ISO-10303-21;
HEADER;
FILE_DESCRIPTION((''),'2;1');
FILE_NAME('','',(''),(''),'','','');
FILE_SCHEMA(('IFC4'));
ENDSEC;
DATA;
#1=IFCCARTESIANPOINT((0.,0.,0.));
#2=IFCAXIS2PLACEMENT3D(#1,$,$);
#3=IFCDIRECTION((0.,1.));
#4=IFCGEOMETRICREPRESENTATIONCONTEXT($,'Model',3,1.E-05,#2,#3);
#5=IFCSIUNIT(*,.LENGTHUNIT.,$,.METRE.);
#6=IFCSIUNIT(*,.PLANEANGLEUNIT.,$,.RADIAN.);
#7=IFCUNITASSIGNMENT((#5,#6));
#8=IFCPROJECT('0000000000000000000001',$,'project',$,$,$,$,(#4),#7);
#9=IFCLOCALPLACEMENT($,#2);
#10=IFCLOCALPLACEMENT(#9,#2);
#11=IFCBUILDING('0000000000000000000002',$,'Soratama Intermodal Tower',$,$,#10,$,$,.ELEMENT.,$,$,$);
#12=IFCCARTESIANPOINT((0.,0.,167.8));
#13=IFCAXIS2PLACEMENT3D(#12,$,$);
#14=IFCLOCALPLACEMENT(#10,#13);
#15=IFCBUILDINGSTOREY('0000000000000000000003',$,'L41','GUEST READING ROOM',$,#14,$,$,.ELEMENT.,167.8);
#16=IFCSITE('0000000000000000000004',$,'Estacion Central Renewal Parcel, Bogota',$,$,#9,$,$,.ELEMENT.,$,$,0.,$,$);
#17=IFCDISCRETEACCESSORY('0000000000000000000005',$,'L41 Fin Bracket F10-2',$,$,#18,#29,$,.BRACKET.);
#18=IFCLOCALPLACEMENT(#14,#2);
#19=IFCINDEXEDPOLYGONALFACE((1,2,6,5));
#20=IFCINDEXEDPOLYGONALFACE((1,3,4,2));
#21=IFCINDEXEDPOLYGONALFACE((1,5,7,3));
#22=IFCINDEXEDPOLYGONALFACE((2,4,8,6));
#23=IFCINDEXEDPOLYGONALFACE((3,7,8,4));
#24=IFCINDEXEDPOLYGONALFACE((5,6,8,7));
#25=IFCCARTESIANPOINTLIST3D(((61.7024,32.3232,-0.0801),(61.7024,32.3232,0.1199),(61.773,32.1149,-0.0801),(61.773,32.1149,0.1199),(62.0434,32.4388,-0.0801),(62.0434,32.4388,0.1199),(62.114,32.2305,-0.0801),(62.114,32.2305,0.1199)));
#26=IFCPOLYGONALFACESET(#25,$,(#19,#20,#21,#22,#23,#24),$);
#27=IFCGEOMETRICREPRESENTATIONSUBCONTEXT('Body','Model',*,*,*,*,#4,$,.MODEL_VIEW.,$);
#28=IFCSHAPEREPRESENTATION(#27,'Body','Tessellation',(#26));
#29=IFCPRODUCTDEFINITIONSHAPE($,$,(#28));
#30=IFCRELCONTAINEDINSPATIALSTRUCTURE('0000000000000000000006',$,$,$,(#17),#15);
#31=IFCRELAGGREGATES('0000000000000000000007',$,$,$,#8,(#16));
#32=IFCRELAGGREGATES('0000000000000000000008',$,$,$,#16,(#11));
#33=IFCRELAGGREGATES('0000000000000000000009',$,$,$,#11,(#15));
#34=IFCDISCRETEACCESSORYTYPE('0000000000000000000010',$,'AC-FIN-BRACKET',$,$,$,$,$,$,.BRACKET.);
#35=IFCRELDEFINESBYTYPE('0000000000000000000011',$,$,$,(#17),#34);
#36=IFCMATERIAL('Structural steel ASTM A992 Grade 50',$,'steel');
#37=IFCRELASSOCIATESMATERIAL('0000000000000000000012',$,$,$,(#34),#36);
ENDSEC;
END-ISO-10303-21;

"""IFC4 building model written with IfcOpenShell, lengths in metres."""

from ifc_helpers import new_model, si_unit, direction, frame, origin, origin_2d, place, context, subcontext, project, spatial, rectangle, extrude, material, type_object, element, save


model = new_model("IFC4")

# Units and contexts
model_context = context("Model", 3, precision=1e-05, world=origin(), true_north=direction((0.0, 1.0)))
body_context = subcontext(model_context, "Body", "Model", "MODEL_VIEW")
ifc_project = project(units=[si_unit("LENGTHUNIT", "METRE"), si_unit("PLANEANGLEUNIT", "RADIAN")], contexts=[model_context])

# Site, building, storey
site_placement = place(None, origin())
site = spatial("IfcSite", under=ifc_project, at=site_placement, Name="Estacion Central Renewal Parcel, Bogota", CompositionType="ELEMENT", RefElevation=0.0)
building_placement = place(site_placement, origin())
building = spatial("IfcBuilding", under=site, at=building_placement, Name="Soratama Intermodal Tower", CompositionType="ELEMENT")
storey_placement = place(building_placement, frame((0.0, 0.0, 167.8)))
storey = spatial("IfcBuildingStorey", under=building, at=storey_placement, Name="L41", Description="GUEST READING ROOM", CompositionType="ELEMENT", Elevation=167.8)

# Discrete accessory
ifc_material_1 = material(Name="Structural steel ASTM A992 Grade 50", Category="steel")
discrete_accessory_type = type_object("IfcDiscreteAccessoryType", Name="AC-FIN-BRACKET", PredefinedType="BRACKET", material=ifc_material_1)
for number, where, z_axis, x_axis, name in (
    (1, (61.9082, 32.2769, -0.0801), (0.0, 0.0, 1.0), (0.947098, 0.320944, 0.0), "L41 Fin Bracket F10-2"),
):
    element("IfcDiscreteAccessory", number, at=place(storey_placement, frame(where, z_axis=z_axis, x_axis=x_axis)), inside=storey, type_object=discrete_accessory_type, Name=name, PredefinedType="BRACKET", context=body_context, shape_type="SweptSolid", body=[
        extrude(rectangle(XDim=0.3601, YDim=0.22, at=origin_2d()), origin(), (0.0, 0.0, 1.0), 0.2),
    ])

save(model, "model.ifc")
